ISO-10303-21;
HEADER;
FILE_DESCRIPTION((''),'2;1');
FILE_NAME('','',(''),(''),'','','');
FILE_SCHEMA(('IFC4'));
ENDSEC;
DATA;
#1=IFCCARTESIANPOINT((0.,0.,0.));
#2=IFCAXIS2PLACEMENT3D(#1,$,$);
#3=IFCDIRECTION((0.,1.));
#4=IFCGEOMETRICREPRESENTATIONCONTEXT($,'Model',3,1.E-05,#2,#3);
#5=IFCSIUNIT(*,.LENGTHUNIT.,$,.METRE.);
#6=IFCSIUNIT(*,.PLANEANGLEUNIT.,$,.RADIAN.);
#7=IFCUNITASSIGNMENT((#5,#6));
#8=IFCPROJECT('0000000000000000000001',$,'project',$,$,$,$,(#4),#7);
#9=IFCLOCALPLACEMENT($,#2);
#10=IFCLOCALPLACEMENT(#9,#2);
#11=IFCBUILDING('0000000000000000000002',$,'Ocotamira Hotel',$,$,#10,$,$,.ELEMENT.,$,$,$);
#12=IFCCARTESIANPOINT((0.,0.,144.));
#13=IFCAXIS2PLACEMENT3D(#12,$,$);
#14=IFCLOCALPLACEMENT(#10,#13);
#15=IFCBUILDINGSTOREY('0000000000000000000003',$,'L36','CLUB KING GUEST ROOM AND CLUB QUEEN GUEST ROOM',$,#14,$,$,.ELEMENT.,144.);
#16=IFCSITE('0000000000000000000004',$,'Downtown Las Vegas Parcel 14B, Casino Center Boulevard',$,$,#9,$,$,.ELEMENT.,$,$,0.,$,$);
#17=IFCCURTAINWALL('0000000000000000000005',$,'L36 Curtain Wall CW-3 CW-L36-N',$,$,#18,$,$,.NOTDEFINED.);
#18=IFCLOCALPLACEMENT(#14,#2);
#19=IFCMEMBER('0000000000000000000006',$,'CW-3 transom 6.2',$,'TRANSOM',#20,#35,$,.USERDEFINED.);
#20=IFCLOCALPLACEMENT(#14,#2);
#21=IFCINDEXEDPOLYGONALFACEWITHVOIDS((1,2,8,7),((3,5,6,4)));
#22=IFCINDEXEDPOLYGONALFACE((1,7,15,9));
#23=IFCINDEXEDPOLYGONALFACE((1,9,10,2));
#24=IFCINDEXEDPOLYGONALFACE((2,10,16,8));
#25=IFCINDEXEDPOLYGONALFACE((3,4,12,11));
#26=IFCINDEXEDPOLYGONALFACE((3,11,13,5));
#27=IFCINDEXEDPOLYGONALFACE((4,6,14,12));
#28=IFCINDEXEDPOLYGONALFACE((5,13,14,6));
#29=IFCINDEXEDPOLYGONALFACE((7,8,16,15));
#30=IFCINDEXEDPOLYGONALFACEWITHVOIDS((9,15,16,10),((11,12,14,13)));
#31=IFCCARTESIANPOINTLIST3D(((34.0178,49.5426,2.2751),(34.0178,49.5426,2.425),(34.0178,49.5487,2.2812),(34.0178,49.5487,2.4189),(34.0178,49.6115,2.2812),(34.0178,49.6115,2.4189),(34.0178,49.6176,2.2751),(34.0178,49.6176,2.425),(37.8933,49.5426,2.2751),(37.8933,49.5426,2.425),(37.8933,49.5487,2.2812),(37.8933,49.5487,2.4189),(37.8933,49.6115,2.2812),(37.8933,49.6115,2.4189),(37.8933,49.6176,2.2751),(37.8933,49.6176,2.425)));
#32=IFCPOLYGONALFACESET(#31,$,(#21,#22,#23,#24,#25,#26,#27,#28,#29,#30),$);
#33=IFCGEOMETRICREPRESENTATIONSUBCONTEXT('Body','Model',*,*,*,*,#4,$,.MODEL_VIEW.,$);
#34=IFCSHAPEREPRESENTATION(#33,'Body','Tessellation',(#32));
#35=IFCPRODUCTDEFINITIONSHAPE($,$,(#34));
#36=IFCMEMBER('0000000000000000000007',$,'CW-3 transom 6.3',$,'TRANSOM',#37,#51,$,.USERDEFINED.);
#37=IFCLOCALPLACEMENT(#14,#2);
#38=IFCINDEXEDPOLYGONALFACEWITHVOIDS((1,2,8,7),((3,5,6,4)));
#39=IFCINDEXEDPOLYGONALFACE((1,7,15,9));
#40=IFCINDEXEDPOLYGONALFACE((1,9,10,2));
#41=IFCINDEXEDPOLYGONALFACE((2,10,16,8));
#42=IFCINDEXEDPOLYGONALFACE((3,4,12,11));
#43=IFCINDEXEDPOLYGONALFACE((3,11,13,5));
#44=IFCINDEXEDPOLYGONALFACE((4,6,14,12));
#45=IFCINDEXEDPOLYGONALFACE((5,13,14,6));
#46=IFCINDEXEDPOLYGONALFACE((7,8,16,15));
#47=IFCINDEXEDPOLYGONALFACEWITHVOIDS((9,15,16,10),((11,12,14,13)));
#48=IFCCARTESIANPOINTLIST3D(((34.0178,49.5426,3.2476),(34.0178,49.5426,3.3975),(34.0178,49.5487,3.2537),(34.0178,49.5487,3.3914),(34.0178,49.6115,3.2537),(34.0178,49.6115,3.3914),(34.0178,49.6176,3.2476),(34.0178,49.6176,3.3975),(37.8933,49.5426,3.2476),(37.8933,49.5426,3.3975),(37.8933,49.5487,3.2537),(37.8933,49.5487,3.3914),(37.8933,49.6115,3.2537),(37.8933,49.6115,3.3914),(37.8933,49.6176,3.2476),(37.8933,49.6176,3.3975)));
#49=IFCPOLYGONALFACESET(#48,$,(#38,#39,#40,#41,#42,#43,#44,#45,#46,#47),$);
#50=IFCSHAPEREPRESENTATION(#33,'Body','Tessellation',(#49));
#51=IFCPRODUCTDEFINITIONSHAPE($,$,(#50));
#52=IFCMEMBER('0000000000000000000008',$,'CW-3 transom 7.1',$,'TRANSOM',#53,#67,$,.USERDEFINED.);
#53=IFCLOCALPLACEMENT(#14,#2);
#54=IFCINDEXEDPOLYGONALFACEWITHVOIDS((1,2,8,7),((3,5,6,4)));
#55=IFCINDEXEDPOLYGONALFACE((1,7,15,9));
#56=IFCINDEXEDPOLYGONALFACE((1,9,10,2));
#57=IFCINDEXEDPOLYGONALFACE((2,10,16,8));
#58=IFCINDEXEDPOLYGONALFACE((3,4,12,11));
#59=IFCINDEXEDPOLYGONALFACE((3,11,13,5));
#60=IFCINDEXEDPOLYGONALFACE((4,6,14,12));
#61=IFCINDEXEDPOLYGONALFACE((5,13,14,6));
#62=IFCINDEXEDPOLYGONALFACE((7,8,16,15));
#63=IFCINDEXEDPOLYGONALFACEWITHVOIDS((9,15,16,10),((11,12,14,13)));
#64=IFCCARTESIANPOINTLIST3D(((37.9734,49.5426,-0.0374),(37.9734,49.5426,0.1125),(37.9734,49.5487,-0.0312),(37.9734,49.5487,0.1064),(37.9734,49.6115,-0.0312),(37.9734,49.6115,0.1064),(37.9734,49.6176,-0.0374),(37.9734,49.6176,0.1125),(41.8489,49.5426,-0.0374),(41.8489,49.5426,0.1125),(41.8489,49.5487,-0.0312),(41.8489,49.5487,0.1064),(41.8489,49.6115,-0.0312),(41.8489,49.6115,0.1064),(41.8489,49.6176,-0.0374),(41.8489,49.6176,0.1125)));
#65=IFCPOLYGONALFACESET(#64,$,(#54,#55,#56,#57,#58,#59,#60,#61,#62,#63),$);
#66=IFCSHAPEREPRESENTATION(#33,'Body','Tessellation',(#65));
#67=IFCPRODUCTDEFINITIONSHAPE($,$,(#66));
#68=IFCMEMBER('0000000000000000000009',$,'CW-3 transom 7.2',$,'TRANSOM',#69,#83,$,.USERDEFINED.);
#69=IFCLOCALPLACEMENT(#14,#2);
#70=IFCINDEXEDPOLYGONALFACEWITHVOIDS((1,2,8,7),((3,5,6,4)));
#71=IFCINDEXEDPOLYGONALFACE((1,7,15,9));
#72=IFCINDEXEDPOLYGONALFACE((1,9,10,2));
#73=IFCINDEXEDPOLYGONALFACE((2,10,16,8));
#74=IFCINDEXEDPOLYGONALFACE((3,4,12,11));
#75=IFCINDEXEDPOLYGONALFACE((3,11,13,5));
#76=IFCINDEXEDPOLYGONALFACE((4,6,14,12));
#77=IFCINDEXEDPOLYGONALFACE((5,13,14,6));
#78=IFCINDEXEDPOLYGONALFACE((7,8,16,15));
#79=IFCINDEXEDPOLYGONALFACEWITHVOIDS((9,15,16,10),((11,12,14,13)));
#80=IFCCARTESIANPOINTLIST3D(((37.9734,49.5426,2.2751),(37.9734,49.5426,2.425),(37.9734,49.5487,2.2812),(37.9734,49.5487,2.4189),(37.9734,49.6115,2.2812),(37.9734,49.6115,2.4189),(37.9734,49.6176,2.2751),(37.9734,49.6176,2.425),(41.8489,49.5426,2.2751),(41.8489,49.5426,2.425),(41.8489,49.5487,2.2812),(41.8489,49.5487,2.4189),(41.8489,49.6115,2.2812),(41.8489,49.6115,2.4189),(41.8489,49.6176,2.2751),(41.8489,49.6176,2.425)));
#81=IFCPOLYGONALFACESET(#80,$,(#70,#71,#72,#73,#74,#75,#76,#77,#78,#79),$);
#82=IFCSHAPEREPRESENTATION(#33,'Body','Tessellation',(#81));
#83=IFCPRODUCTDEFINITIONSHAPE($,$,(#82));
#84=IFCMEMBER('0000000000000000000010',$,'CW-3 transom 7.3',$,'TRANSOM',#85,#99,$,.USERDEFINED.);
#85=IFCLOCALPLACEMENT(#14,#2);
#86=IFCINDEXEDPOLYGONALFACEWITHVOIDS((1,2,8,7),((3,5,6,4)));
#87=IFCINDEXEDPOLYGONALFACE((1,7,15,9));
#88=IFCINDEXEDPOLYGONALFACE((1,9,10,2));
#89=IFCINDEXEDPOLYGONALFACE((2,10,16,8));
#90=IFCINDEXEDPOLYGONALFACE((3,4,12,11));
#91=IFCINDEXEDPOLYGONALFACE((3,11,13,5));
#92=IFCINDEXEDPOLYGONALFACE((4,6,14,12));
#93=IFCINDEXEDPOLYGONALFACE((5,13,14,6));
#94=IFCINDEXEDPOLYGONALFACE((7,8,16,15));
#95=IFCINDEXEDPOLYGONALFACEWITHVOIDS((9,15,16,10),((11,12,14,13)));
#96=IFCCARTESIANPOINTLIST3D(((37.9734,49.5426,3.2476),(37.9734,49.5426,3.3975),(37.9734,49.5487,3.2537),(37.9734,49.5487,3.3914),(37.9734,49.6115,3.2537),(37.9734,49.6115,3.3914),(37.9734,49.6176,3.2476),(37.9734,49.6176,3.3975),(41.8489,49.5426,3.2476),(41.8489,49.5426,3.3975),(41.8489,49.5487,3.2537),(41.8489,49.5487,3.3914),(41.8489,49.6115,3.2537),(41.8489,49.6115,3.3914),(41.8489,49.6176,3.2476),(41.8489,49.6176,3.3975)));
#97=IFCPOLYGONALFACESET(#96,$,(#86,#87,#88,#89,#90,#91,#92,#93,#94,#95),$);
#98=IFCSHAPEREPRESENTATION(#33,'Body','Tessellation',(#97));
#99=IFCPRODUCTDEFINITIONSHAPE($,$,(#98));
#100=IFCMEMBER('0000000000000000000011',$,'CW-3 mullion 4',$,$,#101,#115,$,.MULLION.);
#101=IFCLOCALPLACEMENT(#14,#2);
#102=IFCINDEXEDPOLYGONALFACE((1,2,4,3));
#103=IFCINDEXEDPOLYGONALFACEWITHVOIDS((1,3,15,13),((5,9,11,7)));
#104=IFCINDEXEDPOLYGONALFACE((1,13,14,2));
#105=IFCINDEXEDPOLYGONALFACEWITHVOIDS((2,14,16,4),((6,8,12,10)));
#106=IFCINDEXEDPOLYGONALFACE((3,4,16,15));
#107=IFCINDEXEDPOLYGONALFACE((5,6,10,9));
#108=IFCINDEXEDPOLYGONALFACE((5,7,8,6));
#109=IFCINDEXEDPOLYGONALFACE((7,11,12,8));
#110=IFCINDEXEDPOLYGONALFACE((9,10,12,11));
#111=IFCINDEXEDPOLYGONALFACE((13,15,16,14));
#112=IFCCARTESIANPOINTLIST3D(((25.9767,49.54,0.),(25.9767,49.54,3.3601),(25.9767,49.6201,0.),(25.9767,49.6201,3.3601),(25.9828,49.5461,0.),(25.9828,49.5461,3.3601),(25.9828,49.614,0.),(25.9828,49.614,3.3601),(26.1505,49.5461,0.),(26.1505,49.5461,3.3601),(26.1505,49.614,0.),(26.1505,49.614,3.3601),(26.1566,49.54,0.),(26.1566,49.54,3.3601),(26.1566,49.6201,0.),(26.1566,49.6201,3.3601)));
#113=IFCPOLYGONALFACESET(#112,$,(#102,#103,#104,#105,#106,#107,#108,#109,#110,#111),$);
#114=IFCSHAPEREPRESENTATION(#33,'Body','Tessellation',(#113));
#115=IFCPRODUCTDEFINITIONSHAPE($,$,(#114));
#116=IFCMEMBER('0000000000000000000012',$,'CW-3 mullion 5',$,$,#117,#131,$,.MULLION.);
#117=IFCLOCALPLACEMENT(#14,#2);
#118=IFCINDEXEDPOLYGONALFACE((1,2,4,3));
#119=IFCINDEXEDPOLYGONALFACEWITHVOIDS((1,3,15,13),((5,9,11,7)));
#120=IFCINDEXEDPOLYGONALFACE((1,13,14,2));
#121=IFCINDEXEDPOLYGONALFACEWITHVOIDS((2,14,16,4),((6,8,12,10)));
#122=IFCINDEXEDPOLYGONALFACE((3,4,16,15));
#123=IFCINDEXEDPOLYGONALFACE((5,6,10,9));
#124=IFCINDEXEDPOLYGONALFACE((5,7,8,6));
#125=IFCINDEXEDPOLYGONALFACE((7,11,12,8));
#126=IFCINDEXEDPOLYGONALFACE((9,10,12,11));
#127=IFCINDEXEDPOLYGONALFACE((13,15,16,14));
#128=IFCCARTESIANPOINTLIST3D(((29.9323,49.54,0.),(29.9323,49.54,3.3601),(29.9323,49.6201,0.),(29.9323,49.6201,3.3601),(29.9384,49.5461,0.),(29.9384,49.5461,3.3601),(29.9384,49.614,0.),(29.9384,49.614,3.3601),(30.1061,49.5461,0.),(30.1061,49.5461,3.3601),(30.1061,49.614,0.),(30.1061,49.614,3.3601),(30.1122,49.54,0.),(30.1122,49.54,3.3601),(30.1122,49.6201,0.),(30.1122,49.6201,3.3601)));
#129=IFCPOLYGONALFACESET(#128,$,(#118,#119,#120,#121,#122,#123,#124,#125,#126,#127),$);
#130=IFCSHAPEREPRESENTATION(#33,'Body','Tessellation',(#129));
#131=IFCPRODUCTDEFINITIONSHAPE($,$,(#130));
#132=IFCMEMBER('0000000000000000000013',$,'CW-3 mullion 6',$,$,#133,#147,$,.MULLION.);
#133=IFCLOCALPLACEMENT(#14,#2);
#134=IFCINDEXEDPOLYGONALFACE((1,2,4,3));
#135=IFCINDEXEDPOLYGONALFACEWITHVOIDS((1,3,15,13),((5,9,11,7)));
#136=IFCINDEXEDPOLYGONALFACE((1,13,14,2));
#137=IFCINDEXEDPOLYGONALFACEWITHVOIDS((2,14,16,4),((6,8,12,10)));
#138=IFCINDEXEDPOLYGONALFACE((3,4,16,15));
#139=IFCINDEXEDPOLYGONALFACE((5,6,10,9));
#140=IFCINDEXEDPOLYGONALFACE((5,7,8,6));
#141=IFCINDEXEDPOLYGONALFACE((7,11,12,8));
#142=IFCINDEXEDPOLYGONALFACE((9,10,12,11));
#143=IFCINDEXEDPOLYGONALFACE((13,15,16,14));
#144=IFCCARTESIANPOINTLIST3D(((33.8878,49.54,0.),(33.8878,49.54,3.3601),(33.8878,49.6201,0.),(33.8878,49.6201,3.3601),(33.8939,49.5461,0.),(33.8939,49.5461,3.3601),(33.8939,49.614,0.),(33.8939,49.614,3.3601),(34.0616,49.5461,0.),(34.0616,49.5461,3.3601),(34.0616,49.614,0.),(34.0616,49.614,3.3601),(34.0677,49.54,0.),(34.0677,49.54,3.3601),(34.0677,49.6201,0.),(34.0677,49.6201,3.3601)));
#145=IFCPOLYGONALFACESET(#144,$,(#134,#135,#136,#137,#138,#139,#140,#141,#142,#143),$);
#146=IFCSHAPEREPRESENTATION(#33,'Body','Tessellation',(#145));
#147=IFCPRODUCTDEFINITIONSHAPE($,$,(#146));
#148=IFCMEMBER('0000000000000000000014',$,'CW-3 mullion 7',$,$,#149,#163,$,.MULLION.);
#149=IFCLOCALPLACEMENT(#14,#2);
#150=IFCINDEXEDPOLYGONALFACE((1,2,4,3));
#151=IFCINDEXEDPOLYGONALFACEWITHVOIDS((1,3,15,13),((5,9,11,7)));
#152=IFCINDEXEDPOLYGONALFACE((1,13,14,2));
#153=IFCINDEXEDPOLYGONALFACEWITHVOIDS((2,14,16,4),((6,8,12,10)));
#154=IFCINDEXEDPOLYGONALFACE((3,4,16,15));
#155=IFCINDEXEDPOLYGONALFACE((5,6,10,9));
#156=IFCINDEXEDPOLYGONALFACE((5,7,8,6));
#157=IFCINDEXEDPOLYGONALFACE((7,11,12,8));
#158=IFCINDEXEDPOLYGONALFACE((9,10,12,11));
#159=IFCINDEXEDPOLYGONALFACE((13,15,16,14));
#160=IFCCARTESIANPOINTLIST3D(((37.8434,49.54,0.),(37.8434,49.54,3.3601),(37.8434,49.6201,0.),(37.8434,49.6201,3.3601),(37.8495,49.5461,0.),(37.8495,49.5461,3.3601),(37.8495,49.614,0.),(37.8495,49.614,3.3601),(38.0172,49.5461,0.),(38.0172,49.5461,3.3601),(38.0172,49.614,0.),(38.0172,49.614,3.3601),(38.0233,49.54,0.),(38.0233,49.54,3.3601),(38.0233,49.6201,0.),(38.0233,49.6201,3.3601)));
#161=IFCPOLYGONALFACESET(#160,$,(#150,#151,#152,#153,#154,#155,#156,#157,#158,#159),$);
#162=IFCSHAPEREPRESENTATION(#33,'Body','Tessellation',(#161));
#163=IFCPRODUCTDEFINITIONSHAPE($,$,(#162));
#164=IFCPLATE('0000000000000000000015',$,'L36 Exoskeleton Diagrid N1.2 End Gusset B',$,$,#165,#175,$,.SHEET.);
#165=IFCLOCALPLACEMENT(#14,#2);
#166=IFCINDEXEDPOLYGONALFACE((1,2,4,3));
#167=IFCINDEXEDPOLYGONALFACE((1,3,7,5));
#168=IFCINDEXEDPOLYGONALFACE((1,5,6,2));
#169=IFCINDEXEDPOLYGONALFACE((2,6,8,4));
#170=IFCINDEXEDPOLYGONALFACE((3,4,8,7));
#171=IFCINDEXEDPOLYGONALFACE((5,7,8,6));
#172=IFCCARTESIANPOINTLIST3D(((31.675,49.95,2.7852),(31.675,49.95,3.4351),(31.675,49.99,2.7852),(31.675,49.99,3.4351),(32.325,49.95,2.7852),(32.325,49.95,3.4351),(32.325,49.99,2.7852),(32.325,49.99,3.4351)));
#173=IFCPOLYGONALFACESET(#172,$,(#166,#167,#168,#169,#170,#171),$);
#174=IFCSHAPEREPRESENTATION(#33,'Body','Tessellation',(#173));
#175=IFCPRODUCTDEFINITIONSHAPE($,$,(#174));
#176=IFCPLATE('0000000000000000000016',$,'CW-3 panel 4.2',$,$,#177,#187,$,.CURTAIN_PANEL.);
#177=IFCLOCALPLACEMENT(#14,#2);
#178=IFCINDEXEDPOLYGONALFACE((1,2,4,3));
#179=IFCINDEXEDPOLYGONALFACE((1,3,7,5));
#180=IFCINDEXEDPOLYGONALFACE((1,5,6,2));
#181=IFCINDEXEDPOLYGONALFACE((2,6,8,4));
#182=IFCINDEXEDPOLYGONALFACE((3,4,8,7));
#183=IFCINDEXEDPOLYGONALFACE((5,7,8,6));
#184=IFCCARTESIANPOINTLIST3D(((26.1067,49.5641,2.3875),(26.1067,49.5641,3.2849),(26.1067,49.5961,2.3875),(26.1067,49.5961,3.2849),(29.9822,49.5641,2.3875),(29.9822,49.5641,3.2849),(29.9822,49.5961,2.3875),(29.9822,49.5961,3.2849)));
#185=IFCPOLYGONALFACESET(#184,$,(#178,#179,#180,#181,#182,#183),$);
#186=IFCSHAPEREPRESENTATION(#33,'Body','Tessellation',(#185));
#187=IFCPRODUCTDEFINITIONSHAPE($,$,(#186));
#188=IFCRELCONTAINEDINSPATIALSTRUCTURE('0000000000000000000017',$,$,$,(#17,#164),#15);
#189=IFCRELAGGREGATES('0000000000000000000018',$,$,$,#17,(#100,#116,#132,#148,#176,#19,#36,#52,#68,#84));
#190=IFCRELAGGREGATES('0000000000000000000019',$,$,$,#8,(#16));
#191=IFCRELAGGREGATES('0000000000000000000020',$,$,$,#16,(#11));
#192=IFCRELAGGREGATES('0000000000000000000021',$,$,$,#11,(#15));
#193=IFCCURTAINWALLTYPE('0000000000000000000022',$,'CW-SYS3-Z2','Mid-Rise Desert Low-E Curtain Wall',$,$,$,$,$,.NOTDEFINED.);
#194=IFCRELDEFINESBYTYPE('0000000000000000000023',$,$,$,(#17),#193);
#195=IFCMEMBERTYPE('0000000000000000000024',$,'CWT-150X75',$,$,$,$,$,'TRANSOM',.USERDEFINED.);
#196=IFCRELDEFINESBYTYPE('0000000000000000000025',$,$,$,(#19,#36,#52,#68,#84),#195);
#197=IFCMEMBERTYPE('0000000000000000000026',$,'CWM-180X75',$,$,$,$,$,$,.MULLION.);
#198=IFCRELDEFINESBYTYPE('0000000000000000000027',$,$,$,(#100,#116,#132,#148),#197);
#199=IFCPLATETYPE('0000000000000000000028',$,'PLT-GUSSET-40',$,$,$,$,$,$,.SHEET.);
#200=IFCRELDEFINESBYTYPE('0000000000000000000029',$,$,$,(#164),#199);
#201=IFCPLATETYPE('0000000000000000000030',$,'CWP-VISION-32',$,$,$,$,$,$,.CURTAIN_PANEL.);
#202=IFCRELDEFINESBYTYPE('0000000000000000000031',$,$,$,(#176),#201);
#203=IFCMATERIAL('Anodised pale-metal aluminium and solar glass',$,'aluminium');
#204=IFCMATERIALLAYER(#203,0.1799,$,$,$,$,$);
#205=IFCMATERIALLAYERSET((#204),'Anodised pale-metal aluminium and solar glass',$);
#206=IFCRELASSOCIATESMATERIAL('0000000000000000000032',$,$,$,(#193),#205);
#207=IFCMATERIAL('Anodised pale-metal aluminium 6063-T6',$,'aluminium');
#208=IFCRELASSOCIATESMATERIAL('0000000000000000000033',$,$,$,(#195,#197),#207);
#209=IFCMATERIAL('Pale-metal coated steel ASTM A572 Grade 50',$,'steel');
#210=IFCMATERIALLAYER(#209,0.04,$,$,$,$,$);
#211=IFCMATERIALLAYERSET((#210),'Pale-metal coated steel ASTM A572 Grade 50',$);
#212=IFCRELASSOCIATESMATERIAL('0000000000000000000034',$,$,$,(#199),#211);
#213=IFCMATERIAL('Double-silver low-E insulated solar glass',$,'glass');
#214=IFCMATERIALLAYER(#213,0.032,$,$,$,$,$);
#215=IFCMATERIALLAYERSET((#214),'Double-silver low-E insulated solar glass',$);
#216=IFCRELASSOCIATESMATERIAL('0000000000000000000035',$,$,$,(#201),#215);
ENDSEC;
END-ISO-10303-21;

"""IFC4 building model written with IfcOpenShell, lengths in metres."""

from ifc_helpers import new_model, si_unit, direction, frame, origin, origin_2d, place, context, subcontext, project, spatial, rectangle, hollow_rectangle, extrude, source, transform, mapped, material, layer, layer_set, material_profile, profile_set, type_object, element, aggregate, save


model = new_model("IFC4")

# Units and contexts
model_context = context("Model", 3, precision=1e-05, world=origin(), true_north=direction((0.0, 1.0)))
body_context = subcontext(model_context, "Body", "Model", "MODEL_VIEW")
ifc_project = project(units=[si_unit("LENGTHUNIT", "METRE"), si_unit("PLANEANGLEUNIT", "RADIAN")], contexts=[model_context])

# Site, building, storey
site_placement = place(None, origin())
site = spatial("IfcSite", under=ifc_project, at=site_placement, Name="Downtown Las Vegas Parcel 14B, Casino Center Boulevard", CompositionType="ELEMENT", RefElevation=0.0)
building_placement = place(site_placement, origin())
building = spatial("IfcBuilding", under=site, at=building_placement, Name="Ocotamira Hotel", CompositionType="ELEMENT")
storey_placement = place(building_placement, frame((0.0, 0.0, 144.0)))
storey = spatial("IfcBuildingStorey", under=building, at=storey_placement, Name="L36", Description="CLUB KING GUEST ROOM AND CLUB QUEEN GUEST ROOM", CompositionType="ELEMENT", Elevation=144.0)

# Curtain wall, members
ifc_material_1 = material(Name="Anodised pale-metal aluminium and solar glass", Category="aluminium")
ifc_layer_1 = layer(ifc_material_1, 0.1799)
ifc_layer_set_1 = layer_set([ifc_layer_1], Name="Anodised pale-metal aluminium and solar glass")
curtain_wall_type = type_object("IfcCurtainWallType", Name="CW-SYS3-Z2", Description="Mid-Rise Desert Low-E Curtain Wall", PredefinedType="NOTDEFINED", material=ifc_layer_set_1)
curtain_wall_placement = place(storey_placement, origin())
curtain_wall = element("IfcCurtainWall", 1, at=curtain_wall_placement, inside=storey, type_object=curtain_wall_type, Name="L36 Curtain Wall CW-3 CW-L36-N", PredefinedType="NOTDEFINED")
ifc_material_2 = material(Name="Anodised pale-metal aluminium 6063-T6", Category="aluminium")
ifc_material_profile_1 = material_profile(ifc_material_2, hollow_rectangle(XDim=0.075, YDim=0.1499, WallThickness=0.0061, at=origin_2d()), Name="HSS150X75X6")
ifc_profile_set_1 = profile_set([ifc_material_profile_1], Name="Anodised pale-metal aluminium 6063-T6")
member_type_1 = type_object("IfcMemberType", Name="CWT-150X75", ElementType="TRANSOM", PredefinedType="USERDEFINED", material=ifc_profile_set_1)
shared_shape_1 = source(origin(), body_context, "Body", "SweptSolid", [
    extrude(hollow_rectangle(XDim=0.075, YDim=0.1499, WallThickness=0.0061, at=origin_2d()), origin(), (0.0, 0.0, 1.0), 3.8755),
])
member_1_placement = place(storey_placement, frame((34.0178, 49.5801, 2.3501), z_axis=(1.0, 0.0, 0.0), x_axis=(0.0, 1.0, 0.0)))
member_1 = element("IfcMember", 2, at=member_1_placement, type_object=member_type_1, Name="CW-3 transom 6.2", ObjectType="TRANSOM", PredefinedType="USERDEFINED", context=body_context, shape_type="MappedRepresentation", body=[
    mapped(shared_shape_1, transform((0.0, 0.0, 0.0), scale=1.0)),
])
member_2_placement = place(storey_placement, frame((34.0178, 49.5801, 3.3225), z_axis=(1.0, 0.0, 0.0), x_axis=(0.0, 1.0, 0.0)))
member_2 = element("IfcMember", 3, at=member_2_placement, type_object=member_type_1, Name="CW-3 transom 6.3", ObjectType="TRANSOM", PredefinedType="USERDEFINED", context=body_context, shape_type="MappedRepresentation", body=[
    mapped(shared_shape_1, transform((0.0, 0.0, 0.0), scale=1.0)),
])
member_3_placement = place(storey_placement, frame((37.9734, 49.5801, 0.0376), z_axis=(1.0, 0.0, 0.0), x_axis=(0.0, 1.0, 0.0)))
member_3 = element("IfcMember", 4, at=member_3_placement, type_object=member_type_1, Name="CW-3 transom 7.1", ObjectType="TRANSOM", PredefinedType="USERDEFINED", context=body_context, shape_type="MappedRepresentation", body=[
    mapped(shared_shape_1, transform((0.0, 0.0, 0.0), scale=1.0)),
])
member_4_placement = place(storey_placement, frame((37.9734, 49.5801, 2.3501), z_axis=(1.0, 0.0, 0.0), x_axis=(0.0, 1.0, 0.0)))
member_4 = element("IfcMember", 5, at=member_4_placement, type_object=member_type_1, Name="CW-3 transom 7.2", ObjectType="TRANSOM", PredefinedType="USERDEFINED", context=body_context, shape_type="MappedRepresentation", body=[
    mapped(shared_shape_1, transform((0.0, 0.0, 0.0), scale=1.0)),
])
member_5_placement = place(storey_placement, frame((37.9734, 49.5801, 3.3225), z_axis=(1.0, 0.0, 0.0), x_axis=(0.0, 1.0, 0.0)))
member_5 = element("IfcMember", 6, at=member_5_placement, type_object=member_type_1, Name="CW-3 transom 7.3", ObjectType="TRANSOM", PredefinedType="USERDEFINED", context=body_context, shape_type="MappedRepresentation", body=[
    mapped(shared_shape_1, transform((0.0, 0.0, 0.0), scale=1.0)),
])
ifc_material_profile_2 = material_profile(ifc_material_2, hollow_rectangle(XDim=0.0801, YDim=0.1799, WallThickness=0.0061, at=origin_2d()), Name="HSS180X80X6")
ifc_profile_set_2 = profile_set([ifc_material_profile_2], Name="Anodised pale-metal aluminium 6063-T6")
member_type_2 = type_object("IfcMemberType", Name="CWM-180X75", PredefinedType="MULLION", material=ifc_profile_set_2)
shared_shape_2 = source(origin(), body_context, "Body", "SweptSolid", [
    extrude(hollow_rectangle(XDim=0.0801, YDim=0.1799, WallThickness=0.0061, at=origin_2d()), origin(), (0.0, 0.0, 1.0), 3.3601),
])
member_6_placement = place(storey_placement, frame((26.0667, 49.5801, 0.0), z_axis=(0.0, 0.0, 1.0), x_axis=(0.0, 1.0, 0.0)))
member_6 = element("IfcMember", 7, at=member_6_placement, type_object=member_type_2, Name="CW-3 mullion 4", PredefinedType="MULLION", context=body_context, shape_type="MappedRepresentation", body=[
    mapped(shared_shape_2, transform((0.0, 0.0, 0.0), scale=1.0)),
])
member_7_placement = place(storey_placement, frame((30.0222, 49.5801, 0.0), z_axis=(0.0, 0.0, 1.0), x_axis=(0.0, 1.0, 0.0)))
member_7 = element("IfcMember", 8, at=member_7_placement, type_object=member_type_2, Name="CW-3 mullion 5", PredefinedType="MULLION", context=body_context, shape_type="MappedRepresentation", body=[
    mapped(shared_shape_2, transform((0.0, 0.0, 0.0), scale=1.0)),
])
member_8_placement = place(storey_placement, frame((33.9778, 49.5801, 0.0), z_axis=(0.0, 0.0, 1.0), x_axis=(0.0, 1.0, 0.0)))
member_8 = element("IfcMember", 9, at=member_8_placement, type_object=member_type_2, Name="CW-3 mullion 6", PredefinedType="MULLION", context=body_context, shape_type="MappedRepresentation", body=[
    mapped(shared_shape_2, transform((0.0, 0.0, 0.0), scale=1.0)),
])
member_9_placement = place(storey_placement, frame((37.9333, 49.5801, 0.0), z_axis=(0.0, 0.0, 1.0), x_axis=(0.0, 1.0, 0.0)))
member_9 = element("IfcMember", 10, at=member_9_placement, type_object=member_type_2, Name="CW-3 mullion 7", PredefinedType="MULLION", context=body_context, shape_type="MappedRepresentation", body=[
    mapped(shared_shape_2, transform((0.0, 0.0, 0.0), scale=1.0)),
])

# Plates
ifc_material_3 = material(Name="Pale-metal coated steel ASTM A572 Grade 50", Category="steel")
ifc_layer_2 = layer(ifc_material_3, 0.04)
ifc_layer_set_2 = layer_set([ifc_layer_2], Name="Pale-metal coated steel ASTM A572 Grade 50")
plate_type_1 = type_object("IfcPlateType", Name="PLT-GUSSET-40", PredefinedType="SHEET", material=ifc_layer_set_2)
shared_shape_3 = source(origin(), body_context, "Body", "SweptSolid", [
    extrude(rectangle(XDim=0.6499, YDim=0.04, at=origin_2d()), origin(), (0.0, 0.0, 1.0), 0.6499),
])
plate_1_placement = place(storey_placement, frame((32.0, 49.97, 2.7852), z_axis=(0.0, 0.0, 1.0), x_axis=(1.0, 0.0, 0.0)))
element("IfcPlate", 11, at=plate_1_placement, inside=storey, type_object=plate_type_1, Name="L36 Exoskeleton Diagrid N1.2 End Gusset B", PredefinedType="SHEET", context=body_context, shape_type="MappedRepresentation", body=[
    mapped(shared_shape_3, transform((0.0, 0.0, 0.0), scale=1.0)),
])
ifc_material_4 = material(Name="Double-silver low-E insulated solar glass", Category="glass")
ifc_layer_3 = layer(ifc_material_4, 0.032)
ifc_layer_set_3 = layer_set([ifc_layer_3], Name="Double-silver low-E insulated solar glass")
plate_type_2 = type_object("IfcPlateType", Name="CWP-VISION-32", PredefinedType="CURTAIN_PANEL", material=ifc_layer_set_3)
shared_shape_4 = source(origin(), body_context, "Body", "SweptSolid", [
    extrude(rectangle(XDim=3.8755, YDim=0.032, at=origin_2d()), origin(), (0.0, 0.0, 1.0), 0.8975),
])
plate_2_placement = place(storey_placement, frame((28.0444, 49.5801, 2.3875), z_axis=(0.0, 0.0, 1.0), x_axis=(1.0, 0.0, 0.0)))
plate_2 = element("IfcPlate", 12, at=plate_2_placement, type_object=plate_type_2, Name="CW-3 panel 4.2", PredefinedType="CURTAIN_PANEL", context=body_context, shape_type="MappedRepresentation", body=[
    mapped(shared_shape_4, transform((0.0, 0.0, 0.0), scale=1.0)),
])
aggregate(curtain_wall, [member_6, member_7, member_8, member_9, plate_2, member_1, member_2, member_3, member_4, member_5])

save(model, "model.ifc")
